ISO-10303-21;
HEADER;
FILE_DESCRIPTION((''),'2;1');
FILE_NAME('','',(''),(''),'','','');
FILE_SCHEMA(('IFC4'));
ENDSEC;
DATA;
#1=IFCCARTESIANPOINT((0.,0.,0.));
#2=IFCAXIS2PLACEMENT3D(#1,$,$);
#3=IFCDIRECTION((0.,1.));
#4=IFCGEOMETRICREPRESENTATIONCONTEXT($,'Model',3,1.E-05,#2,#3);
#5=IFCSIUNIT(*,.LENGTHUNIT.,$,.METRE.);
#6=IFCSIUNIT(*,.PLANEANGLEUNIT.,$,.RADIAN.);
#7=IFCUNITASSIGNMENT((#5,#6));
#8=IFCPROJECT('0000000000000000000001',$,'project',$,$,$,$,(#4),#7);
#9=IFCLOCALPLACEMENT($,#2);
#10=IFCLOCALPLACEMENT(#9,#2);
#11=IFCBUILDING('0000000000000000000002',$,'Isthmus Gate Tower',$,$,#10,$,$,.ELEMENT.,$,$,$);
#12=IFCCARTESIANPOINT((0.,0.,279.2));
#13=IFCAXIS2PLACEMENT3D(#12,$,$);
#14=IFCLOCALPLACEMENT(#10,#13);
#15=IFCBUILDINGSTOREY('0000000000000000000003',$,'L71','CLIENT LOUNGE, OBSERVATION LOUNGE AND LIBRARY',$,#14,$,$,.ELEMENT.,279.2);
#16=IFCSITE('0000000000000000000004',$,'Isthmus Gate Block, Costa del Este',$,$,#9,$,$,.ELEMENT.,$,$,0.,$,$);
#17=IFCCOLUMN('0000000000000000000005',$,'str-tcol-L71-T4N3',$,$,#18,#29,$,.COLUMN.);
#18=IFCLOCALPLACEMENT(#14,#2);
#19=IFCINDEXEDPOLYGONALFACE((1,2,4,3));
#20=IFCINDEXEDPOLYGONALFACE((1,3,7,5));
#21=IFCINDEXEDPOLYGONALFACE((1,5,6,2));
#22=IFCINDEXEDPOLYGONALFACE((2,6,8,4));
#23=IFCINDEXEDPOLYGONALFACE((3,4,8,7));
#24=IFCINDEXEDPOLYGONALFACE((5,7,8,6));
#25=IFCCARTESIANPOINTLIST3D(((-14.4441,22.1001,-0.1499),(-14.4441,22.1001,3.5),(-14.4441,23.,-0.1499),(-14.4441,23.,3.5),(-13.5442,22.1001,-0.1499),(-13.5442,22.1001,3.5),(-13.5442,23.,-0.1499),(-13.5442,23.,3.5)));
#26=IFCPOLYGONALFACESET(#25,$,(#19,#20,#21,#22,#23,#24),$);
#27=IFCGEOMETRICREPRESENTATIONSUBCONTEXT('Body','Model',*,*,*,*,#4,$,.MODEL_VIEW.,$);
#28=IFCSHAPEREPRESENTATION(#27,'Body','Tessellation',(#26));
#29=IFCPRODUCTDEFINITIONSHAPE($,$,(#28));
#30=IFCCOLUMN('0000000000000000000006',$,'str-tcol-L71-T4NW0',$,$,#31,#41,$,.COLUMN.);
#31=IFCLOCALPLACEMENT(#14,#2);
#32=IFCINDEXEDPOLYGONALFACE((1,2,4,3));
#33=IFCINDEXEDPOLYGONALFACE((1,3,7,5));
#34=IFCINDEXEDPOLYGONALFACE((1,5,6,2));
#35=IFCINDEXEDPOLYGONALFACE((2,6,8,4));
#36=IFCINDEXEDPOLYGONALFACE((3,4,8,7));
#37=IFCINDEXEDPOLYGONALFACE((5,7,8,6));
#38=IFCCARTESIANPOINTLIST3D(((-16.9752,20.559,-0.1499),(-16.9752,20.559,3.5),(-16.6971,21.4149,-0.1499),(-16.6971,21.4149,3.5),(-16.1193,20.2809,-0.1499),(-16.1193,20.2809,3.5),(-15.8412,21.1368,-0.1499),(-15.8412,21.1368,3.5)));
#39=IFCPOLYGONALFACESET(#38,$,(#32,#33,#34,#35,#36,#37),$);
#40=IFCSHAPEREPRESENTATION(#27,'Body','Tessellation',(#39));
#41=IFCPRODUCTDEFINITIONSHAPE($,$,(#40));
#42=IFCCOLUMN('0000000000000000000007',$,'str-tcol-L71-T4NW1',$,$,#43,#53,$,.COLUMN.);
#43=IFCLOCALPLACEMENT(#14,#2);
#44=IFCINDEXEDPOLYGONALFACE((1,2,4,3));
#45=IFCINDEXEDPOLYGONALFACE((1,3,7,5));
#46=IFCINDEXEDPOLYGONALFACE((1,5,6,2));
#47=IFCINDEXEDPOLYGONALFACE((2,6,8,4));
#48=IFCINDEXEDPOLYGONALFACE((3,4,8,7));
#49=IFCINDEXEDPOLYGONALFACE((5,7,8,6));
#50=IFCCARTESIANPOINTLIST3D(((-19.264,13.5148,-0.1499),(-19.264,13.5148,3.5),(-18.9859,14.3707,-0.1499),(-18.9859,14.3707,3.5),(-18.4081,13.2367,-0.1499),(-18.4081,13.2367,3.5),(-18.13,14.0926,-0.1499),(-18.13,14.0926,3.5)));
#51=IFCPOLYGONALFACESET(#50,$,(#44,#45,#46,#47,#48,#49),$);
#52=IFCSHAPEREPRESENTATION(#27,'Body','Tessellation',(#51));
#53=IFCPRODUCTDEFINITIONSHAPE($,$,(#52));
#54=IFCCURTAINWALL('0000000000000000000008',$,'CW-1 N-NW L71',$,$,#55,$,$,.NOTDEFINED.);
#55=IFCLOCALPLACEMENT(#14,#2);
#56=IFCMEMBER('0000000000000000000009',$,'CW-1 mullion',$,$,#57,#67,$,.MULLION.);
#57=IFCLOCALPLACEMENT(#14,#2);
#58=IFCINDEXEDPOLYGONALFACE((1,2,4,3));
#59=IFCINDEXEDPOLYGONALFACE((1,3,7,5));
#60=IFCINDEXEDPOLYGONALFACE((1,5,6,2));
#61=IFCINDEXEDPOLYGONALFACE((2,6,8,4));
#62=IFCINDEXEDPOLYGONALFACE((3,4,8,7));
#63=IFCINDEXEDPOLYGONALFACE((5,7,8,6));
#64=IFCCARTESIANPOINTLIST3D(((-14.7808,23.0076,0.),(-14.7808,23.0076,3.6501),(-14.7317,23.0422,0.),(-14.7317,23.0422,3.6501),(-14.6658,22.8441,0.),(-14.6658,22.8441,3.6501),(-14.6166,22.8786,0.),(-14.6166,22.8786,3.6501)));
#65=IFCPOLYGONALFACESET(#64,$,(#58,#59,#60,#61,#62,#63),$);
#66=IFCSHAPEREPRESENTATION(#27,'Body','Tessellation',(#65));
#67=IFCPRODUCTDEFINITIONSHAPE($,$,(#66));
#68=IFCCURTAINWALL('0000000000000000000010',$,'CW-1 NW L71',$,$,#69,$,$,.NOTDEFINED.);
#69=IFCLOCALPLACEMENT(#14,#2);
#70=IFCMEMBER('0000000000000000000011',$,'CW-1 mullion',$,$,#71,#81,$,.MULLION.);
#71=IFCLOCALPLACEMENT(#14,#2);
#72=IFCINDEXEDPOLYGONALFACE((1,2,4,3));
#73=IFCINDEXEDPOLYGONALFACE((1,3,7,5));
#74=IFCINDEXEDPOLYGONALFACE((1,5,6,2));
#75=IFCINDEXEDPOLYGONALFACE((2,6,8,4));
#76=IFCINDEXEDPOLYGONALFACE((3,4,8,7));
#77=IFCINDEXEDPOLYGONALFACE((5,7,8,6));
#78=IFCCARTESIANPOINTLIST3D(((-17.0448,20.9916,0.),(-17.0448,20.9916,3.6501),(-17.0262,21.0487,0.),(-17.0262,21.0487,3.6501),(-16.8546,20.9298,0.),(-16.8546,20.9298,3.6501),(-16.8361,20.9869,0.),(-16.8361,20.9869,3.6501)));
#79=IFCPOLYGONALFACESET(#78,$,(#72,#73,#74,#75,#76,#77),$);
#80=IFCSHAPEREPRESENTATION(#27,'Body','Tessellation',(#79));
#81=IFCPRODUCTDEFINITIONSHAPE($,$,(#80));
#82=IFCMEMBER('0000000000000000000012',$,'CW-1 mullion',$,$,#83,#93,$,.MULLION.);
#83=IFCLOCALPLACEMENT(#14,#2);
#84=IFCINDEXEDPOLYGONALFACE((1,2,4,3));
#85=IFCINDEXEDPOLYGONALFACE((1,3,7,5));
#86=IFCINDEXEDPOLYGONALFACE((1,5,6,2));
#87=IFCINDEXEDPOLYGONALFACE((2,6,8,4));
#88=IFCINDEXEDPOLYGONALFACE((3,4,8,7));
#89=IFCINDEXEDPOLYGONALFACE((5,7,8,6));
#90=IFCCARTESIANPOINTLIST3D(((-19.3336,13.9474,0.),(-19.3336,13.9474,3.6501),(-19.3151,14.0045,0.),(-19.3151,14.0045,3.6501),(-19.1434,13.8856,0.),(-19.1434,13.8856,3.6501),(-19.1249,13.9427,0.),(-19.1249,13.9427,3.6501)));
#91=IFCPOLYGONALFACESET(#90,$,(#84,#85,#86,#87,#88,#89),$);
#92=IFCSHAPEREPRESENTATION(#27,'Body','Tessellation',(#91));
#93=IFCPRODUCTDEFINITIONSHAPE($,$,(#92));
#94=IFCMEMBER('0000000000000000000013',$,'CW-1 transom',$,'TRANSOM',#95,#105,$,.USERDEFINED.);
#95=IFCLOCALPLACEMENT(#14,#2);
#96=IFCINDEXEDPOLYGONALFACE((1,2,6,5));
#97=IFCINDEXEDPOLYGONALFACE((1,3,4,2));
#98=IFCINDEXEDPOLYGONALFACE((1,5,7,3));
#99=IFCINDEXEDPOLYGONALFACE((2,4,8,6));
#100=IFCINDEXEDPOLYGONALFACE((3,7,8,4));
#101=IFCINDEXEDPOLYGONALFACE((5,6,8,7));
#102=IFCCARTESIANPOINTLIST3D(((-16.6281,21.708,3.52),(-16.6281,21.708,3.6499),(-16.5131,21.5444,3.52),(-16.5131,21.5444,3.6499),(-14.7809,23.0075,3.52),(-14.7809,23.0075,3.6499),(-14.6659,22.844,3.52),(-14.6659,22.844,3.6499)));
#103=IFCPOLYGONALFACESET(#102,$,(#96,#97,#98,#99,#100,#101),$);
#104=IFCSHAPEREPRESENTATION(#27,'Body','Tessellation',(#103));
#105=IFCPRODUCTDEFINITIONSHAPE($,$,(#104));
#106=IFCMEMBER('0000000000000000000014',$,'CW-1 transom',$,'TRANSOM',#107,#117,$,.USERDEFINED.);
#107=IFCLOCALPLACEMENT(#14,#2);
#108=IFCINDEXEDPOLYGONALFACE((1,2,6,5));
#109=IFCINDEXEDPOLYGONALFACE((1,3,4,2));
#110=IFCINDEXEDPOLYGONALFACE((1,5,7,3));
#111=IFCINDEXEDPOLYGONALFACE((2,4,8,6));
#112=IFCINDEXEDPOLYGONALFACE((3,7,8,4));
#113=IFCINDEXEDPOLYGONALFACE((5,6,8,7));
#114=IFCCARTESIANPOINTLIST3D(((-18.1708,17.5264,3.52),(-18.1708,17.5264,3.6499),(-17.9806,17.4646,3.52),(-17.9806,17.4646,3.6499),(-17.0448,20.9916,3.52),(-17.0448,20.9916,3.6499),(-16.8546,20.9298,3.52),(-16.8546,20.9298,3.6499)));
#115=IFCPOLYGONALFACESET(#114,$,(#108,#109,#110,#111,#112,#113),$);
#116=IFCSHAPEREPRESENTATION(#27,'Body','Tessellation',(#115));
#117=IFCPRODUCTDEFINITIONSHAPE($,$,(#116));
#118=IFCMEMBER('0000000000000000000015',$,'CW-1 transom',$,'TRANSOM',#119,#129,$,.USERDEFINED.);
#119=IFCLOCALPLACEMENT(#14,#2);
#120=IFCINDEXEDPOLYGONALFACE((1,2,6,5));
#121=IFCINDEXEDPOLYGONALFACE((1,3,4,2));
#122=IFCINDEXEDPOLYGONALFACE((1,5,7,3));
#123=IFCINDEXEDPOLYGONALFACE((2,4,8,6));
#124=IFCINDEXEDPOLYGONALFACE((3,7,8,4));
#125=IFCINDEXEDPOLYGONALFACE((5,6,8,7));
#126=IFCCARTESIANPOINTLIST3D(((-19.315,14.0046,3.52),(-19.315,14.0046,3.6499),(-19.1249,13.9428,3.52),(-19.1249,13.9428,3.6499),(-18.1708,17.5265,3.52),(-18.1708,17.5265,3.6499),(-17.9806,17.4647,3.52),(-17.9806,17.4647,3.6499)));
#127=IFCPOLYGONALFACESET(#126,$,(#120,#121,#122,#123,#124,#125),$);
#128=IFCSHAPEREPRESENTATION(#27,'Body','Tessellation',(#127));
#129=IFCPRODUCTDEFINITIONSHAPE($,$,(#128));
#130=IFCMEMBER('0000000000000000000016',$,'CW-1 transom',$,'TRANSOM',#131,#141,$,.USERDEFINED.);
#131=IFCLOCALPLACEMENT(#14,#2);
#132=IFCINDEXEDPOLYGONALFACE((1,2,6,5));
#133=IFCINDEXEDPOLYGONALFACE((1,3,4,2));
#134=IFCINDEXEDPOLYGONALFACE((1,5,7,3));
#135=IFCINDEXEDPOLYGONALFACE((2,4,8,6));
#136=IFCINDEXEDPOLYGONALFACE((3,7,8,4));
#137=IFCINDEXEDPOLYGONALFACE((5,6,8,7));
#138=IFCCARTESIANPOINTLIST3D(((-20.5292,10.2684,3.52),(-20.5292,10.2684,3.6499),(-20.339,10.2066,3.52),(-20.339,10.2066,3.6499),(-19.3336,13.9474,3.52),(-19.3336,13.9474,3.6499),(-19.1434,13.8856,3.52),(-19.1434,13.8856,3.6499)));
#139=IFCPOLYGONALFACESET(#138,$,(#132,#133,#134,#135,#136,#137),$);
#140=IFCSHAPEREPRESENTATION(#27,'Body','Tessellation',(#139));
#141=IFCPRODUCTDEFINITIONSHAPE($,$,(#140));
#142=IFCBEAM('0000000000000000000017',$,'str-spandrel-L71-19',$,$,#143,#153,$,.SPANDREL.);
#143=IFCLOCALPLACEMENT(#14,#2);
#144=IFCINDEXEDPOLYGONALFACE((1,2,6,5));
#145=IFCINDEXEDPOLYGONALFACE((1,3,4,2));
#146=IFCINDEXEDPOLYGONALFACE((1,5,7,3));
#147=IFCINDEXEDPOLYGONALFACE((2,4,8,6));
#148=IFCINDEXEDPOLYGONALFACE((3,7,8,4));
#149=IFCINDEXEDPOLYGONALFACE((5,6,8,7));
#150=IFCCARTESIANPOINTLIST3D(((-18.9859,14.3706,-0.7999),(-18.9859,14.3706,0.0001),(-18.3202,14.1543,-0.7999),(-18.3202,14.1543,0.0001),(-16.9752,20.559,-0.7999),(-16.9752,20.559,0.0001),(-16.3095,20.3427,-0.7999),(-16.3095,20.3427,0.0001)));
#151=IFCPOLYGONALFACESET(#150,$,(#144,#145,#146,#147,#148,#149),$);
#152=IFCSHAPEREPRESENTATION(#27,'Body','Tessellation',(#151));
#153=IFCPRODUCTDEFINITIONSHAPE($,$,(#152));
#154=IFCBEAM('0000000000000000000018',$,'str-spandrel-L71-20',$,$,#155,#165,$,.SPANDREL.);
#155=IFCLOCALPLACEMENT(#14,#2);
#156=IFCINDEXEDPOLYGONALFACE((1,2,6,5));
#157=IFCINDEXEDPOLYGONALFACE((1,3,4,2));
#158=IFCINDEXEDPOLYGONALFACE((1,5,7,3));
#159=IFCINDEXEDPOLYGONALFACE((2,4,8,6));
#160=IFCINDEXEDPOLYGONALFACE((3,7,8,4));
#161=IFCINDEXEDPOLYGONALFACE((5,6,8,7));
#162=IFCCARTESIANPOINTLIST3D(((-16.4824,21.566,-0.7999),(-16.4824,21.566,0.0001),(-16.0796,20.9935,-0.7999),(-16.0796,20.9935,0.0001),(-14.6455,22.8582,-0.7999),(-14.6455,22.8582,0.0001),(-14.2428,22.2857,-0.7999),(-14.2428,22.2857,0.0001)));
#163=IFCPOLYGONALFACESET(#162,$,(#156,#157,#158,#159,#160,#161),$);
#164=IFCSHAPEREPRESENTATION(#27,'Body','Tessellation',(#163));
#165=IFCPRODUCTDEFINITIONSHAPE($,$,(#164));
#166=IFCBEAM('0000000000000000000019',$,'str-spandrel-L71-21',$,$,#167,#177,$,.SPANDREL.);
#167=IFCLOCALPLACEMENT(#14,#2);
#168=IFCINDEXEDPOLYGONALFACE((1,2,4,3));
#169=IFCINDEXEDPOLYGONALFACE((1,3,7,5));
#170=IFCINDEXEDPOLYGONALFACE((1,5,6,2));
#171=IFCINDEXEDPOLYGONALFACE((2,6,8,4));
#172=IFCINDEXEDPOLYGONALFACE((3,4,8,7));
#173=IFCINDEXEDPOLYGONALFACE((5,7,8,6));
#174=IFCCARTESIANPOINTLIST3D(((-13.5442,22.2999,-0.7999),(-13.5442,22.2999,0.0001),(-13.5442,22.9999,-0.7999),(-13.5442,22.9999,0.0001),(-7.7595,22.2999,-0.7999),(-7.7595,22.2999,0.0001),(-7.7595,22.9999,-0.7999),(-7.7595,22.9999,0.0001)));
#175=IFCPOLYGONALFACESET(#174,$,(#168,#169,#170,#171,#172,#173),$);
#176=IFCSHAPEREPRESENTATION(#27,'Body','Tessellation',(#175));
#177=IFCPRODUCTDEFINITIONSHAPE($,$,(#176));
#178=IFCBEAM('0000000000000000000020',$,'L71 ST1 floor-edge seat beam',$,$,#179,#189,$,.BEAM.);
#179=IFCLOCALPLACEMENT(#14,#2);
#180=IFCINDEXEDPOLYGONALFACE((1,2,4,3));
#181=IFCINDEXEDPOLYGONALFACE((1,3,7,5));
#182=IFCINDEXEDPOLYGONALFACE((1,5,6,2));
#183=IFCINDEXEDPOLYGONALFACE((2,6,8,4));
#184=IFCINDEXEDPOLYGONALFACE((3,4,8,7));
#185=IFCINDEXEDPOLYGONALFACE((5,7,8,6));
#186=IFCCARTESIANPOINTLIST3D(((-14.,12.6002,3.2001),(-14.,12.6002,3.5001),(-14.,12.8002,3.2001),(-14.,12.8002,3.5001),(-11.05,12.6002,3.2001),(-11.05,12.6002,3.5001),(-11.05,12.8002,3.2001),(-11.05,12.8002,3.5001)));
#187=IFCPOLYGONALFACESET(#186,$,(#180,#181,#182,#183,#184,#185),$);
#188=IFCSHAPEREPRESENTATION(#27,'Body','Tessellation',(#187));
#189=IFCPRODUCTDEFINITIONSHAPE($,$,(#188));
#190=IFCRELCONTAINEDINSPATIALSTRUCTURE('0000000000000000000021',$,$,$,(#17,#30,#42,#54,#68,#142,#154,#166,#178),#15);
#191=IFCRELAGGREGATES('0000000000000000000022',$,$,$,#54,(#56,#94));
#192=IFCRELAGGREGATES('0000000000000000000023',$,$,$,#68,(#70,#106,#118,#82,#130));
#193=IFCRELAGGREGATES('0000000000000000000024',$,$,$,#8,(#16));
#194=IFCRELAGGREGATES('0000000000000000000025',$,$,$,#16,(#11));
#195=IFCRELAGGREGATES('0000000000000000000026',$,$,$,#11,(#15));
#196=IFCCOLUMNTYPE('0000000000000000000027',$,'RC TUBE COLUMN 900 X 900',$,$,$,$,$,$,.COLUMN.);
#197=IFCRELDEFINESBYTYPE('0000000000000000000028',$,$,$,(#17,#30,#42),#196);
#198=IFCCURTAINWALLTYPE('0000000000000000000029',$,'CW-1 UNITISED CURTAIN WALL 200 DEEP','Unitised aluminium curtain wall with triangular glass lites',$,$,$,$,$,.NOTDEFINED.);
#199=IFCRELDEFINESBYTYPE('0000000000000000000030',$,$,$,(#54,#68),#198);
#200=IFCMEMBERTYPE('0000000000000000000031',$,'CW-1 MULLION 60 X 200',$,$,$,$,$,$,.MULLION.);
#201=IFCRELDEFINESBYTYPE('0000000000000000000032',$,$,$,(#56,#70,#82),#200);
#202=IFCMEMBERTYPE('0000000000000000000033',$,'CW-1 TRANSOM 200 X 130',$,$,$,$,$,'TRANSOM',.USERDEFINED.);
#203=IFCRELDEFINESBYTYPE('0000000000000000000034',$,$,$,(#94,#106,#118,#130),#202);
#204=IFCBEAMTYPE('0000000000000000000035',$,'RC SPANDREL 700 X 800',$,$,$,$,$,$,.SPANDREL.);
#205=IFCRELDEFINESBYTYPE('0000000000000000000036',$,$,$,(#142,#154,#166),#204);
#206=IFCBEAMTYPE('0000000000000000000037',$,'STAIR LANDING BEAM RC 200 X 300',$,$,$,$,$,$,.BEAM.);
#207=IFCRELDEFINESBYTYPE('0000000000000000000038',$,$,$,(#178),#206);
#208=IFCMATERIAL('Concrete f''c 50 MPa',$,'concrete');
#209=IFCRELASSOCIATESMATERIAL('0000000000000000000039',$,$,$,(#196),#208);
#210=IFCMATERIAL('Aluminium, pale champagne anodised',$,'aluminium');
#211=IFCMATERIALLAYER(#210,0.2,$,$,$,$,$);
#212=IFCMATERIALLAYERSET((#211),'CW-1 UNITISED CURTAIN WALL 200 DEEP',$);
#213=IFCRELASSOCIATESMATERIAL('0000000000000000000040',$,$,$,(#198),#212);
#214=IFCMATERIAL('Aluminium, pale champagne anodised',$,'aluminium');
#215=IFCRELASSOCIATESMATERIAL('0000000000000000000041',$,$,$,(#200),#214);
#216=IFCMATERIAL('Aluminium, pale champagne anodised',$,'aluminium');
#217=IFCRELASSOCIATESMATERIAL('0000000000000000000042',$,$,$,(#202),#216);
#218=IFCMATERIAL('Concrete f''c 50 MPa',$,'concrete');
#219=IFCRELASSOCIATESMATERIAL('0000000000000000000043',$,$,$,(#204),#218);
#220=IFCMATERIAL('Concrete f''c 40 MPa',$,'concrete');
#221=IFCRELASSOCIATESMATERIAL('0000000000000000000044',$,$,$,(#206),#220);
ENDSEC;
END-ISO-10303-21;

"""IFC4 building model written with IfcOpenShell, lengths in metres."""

from ifc_helpers import new_model, si_unit, direction, frame, origin, origin_2d, place, context, subcontext, project, spatial, rectangle, extrude, material, layer, layer_set, material_profile, profile_set, type_object, element, aggregate, save


model = new_model("IFC4")

# Units and contexts
model_context = context("Model", 3, precision=1e-05, world=origin(), true_north=direction((0.0, 1.0)))
body_context = subcontext(model_context, "Body", "Model", "MODEL_VIEW")
ifc_project = project(units=[si_unit("LENGTHUNIT", "METRE"), si_unit("PLANEANGLEUNIT", "RADIAN")], contexts=[model_context])

# Site, building, storey
site_placement = place(None, origin())
site = spatial("IfcSite", under=ifc_project, at=site_placement, Name="Isthmus Gate Block, Costa del Este", CompositionType="ELEMENT", RefElevation=0.0)
building_placement = place(site_placement, origin())
building = spatial("IfcBuilding", under=site, at=building_placement, Name="Isthmus Gate Tower", CompositionType="ELEMENT")
storey_placement = place(building_placement, frame((0.0, 0.0, 279.2)))
storey = spatial("IfcBuildingStorey", under=building, at=storey_placement, Name="L71", Description="CLIENT LOUNGE, OBSERVATION LOUNGE AND LIBRARY", CompositionType="ELEMENT", Elevation=279.2)

# Columns
ifc_material_1 = material(Name="Concrete f'c 50 MPa", Category="concrete")
ifc_material_profile_1 = material_profile(ifc_material_1, rectangle(XDim=0.8999, YDim=0.8999, at=origin_2d()), Name="RC 900X900")
ifc_profile_set_1 = profile_set([ifc_material_profile_1], Name="Concrete f'c 50 MPa")
column_type = type_object("IfcColumnType", Name="RC TUBE COLUMN 900 X 900", PredefinedType="COLUMN", material=ifc_profile_set_1)
for number, where, z_axis, x_axis, name in (
    (1, (-13.9941, 22.55, -0.1499), (0.0, 0.0, 1.0), (-1.0, 0.0, 0.0), "str-tcol-L71-T4N3"),
    (2, (-16.4082, 20.8479, -0.1499), (0.0, 0.0, 1.0), (-0.309017, -0.951057, 0.0), "str-tcol-L71-T4NW0"),
    (3, (-18.697, 13.8037, -0.1499), (0.0, 0.0, 1.0), (-0.309017, -0.951057, 0.0), "str-tcol-L71-T4NW1"),
):
    element("IfcColumn", number, at=place(storey_placement, frame(where, z_axis=z_axis, x_axis=x_axis)), inside=storey, type_object=column_type, Name=name, PredefinedType="COLUMN", context=body_context, shape_type="SweptSolid", body=[
        extrude(rectangle(XDim=0.8999, YDim=0.8999, at=origin_2d()), origin(), (0.0, 0.0, 1.0), 3.6499),
    ])

# Curtain wall, member
ifc_material_2 = material(Name="Aluminium, pale champagne anodised", Category="aluminium")
ifc_layer_1 = layer(ifc_material_2, 0.2)
ifc_layer_set_1 = layer_set([ifc_layer_1], Name="CW-1 UNITISED CURTAIN WALL 200 DEEP")
curtain_wall_type = type_object("IfcCurtainWallType", Name="CW-1 UNITISED CURTAIN WALL 200 DEEP", Description="Unitised aluminium curtain wall with triangular glass lites", PredefinedType="NOTDEFINED", material=ifc_layer_set_1)
curtain_wall_1_placement = place(storey_placement, origin())
curtain_wall_1 = element("IfcCurtainWall", 4, at=curtain_wall_1_placement, inside=storey, type_object=curtain_wall_type, Name="CW-1 N-NW L71", PredefinedType="NOTDEFINED")
ifc_material_3 = material(Name="Aluminium, pale champagne anodised", Category="aluminium")
ifc_material_profile_2 = material_profile(ifc_material_3, rectangle(XDim=0.0601, YDim=0.2, at=origin_2d()), Name="60x200")
ifc_profile_set_2 = profile_set([ifc_material_profile_2], Name="Aluminium, pale champagne anodised")
member_type_1 = type_object("IfcMemberType", Name="CW-1 MULLION 60 X 200", PredefinedType="MULLION", material=ifc_profile_set_2)
member_1_placement = place(storey_placement, frame((-14.6987, 22.9431, 0.0), z_axis=(0.0, 0.0, 1.0), x_axis=(-0.81786, -0.575418, 0.0)))
member_1 = element("IfcMember", 5, at=member_1_placement, type_object=member_type_1, Name="CW-1 mullion", PredefinedType="MULLION", context=body_context, shape_type="SweptSolid", body=[
    extrude(rectangle(XDim=0.0601, YDim=0.2, at=origin_2d()), origin(), (0.0, 0.0, 1.0), 3.6501),
])

# Curtain wall, members
curtain_wall_2_placement = place(storey_placement, origin())
curtain_wall_2 = element("IfcCurtainWall", 6, at=curtain_wall_2_placement, inside=storey, type_object=curtain_wall_type, Name="CW-1 NW L71", PredefinedType="NOTDEFINED")
member_2_placement = place(storey_placement, frame((-16.9404, 20.9893, 0.0), z_axis=(0.0, 0.0, 1.0), x_axis=(-0.309017, -0.951057, 0.0)))
member_2 = element("IfcMember", 7, at=member_2_placement, type_object=member_type_1, Name="CW-1 mullion", PredefinedType="MULLION", context=body_context, shape_type="SweptSolid", body=[
    extrude(rectangle(XDim=0.0601, YDim=0.2, at=origin_2d()), origin(), (0.0, 0.0, 1.0), 3.6501),
])
member_3_placement = place(storey_placement, frame((-19.2292, 13.9451, 0.0), z_axis=(0.0, 0.0, 1.0), x_axis=(-0.309017, -0.951057, 0.0)))
member_3 = element("IfcMember", 8, at=member_3_placement, type_object=member_type_1, Name="CW-1 mullion", PredefinedType="MULLION", context=body_context, shape_type="SweptSolid", body=[
    extrude(rectangle(XDim=0.0601, YDim=0.2, at=origin_2d()), origin(), (0.0, 0.0, 1.0), 3.6501),
])

# Members
ifc_material_4 = material(Name="Aluminium, pale champagne anodised", Category="aluminium")
ifc_material_profile_3 = material_profile(ifc_material_4, rectangle(XDim=0.2, YDim=0.1299, at=origin_2d()), Name="200x130")
ifc_profile_set_3 = profile_set([ifc_material_profile_3], Name="Aluminium, pale champagne anodised")
member_type_2 = type_object("IfcMemberType", Name="CW-1 TRANSOM 200 X 130", ElementType="TRANSOM", PredefinedType="USERDEFINED", material=ifc_profile_set_3)
member_4_placement = place(storey_placement, frame((-14.7234, 22.9258, 3.585), z_axis=(-0.817869, -0.575405, 0.0), x_axis=(0.575405, -0.817869, 0.0)))
member_4 = element("IfcMember", 9, at=member_4_placement, type_object=member_type_2, Name="CW-1 transom", ObjectType="TRANSOM", PredefinedType="USERDEFINED", context=body_context, shape_type="SweptSolid", body=[
    extrude(rectangle(XDim=0.2, YDim=0.1299, at=origin_2d()), origin(), (0.0, 0.0, 1.0), 2.2585),
])
member_5_placement = place(storey_placement, frame((-16.9497, 20.9607, 3.585), z_axis=(-0.309042, -0.951048, 0.0), x_axis=(0.951048, -0.309042, 0.0)))
member_5 = element("IfcMember", 10, at=member_5_placement, type_object=member_type_2, Name="CW-1 transom", ObjectType="TRANSOM", PredefinedType="USERDEFINED", context=body_context, shape_type="SweptSolid", body=[
    extrude(rectangle(XDim=0.2, YDim=0.1299, at=origin_2d()), origin(), (0.0, 0.0, 1.0), 3.6436),
])
member_6_placement = place(storey_placement, frame((-18.0757, 17.4956, 3.585), z_axis=(-0.309, -0.951062, 0.0), x_axis=(0.951062, -0.309, 0.0)))
member_6 = element("IfcMember", 11, at=member_6_placement, type_object=member_type_2, Name="CW-1 transom", ObjectType="TRANSOM", PredefinedType="USERDEFINED", context=body_context, shape_type="SweptSolid", body=[
    extrude(rectangle(XDim=0.2, YDim=0.1299, at=origin_2d()), origin(), (0.0, 0.0, 1.0), 3.7031),
])
member_7_placement = place(storey_placement, frame((-19.2385, 13.9165, 3.585), z_axis=(-0.309062, -0.951042, 0.0), x_axis=(0.951042, -0.309062, 0.0)))
member_7 = element("IfcMember", 12, at=member_7_placement, type_object=member_type_2, Name="CW-1 transom", ObjectType="TRANSOM", PredefinedType="USERDEFINED", context=body_context, shape_type="SweptSolid", body=[
    extrude(rectangle(XDim=0.2, YDim=0.1299, at=origin_2d()), origin(), (0.0, 0.0, 1.0), 3.8684),
])

# Beams
ifc_material_5 = material(Name="Concrete f'c 50 MPa", Category="concrete")
ifc_material_profile_4 = material_profile(ifc_material_5, rectangle(XDim=0.7, YDim=0.8, at=origin_2d()), Name="RC 700X800")
ifc_profile_set_4 = profile_set([ifc_material_profile_4], Name="Concrete f'c 50 MPa")
beam_type_1 = type_object("IfcBeamType", Name="RC SPANDREL 700 X 800", PredefinedType="SPANDREL", material=ifc_profile_set_4)
beam_1_placement = place(storey_placement, frame((-18.6531, 14.2625, -0.3999), z_axis=(0.309015, 0.951057, 0.0), x_axis=(-0.951057, 0.309015, 0.0)))
element("IfcBeam", 13, at=beam_1_placement, inside=storey, type_object=beam_type_1, Name="str-spandrel-L71-19", PredefinedType="SPANDREL", context=body_context, shape_type="SweptSolid", body=[
    extrude(rectangle(XDim=0.7, YDim=0.8, at=origin_2d()), origin(), (0.0, 0.0, 1.0), 6.5068),
])
beam_2_placement = place(storey_placement, frame((-16.281, 21.2798, -0.3999), z_axis=(0.817892, 0.575372, 0.0), x_axis=(-0.575372, 0.817892, 0.0)))
element("IfcBeam", 14, at=beam_2_placement, inside=storey, type_object=beam_type_1, Name="str-spandrel-L71-20", PredefinedType="SPANDREL", context=body_context, shape_type="SweptSolid", body=[
    extrude(rectangle(XDim=0.7, YDim=0.8, at=origin_2d()), origin(), (0.0, 0.0, 1.0), 2.2458),
])
beam_3_placement = place(storey_placement, frame((-13.5442, 22.6499, -0.3999), z_axis=(1.0, 0.0, 0.0), x_axis=(0.0, 1.0, 0.0)))
element("IfcBeam", 15, at=beam_3_placement, inside=storey, type_object=beam_type_1, Name="str-spandrel-L71-21", PredefinedType="SPANDREL", context=body_context, shape_type="SweptSolid", body=[
    extrude(rectangle(XDim=0.7, YDim=0.8, at=origin_2d()), origin(), (0.0, 0.0, 1.0), 5.7847),
])
ifc_material_6 = material(Name="Concrete f'c 40 MPa", Category="concrete")
ifc_material_profile_5 = material_profile(ifc_material_6, rectangle(XDim=0.2, YDim=0.3, at=origin_2d()), Name="STAIR LANDING BEAM RC 200 X 300")
ifc_profile_set_5 = profile_set([ifc_material_profile_5], Name="Concrete f'c 40 MPa")
beam_type_2 = type_object("IfcBeamType", Name="STAIR LANDING BEAM RC 200 X 300", PredefinedType="BEAM", material=ifc_profile_set_5)
beam_4_placement = place(storey_placement, frame((-14.0, 12.7002, 3.3501), z_axis=(1.0, 0.0, 0.0), x_axis=(0.0, 1.0, 0.0)))
element("IfcBeam", 16, at=beam_4_placement, inside=storey, type_object=beam_type_2, Name="L71 ST1 floor-edge seat beam", PredefinedType="BEAM", context=body_context, shape_type="SweptSolid", body=[
    extrude(rectangle(XDim=0.2, YDim=0.3, at=origin_2d()), origin(), (0.0, 0.0, 1.0), 2.95),
])

aggregate(curtain_wall_1, [member_1, member_4])
aggregate(curtain_wall_2, [member_2, member_5, member_6, member_3, member_7])

save(model, "model.ifc")
